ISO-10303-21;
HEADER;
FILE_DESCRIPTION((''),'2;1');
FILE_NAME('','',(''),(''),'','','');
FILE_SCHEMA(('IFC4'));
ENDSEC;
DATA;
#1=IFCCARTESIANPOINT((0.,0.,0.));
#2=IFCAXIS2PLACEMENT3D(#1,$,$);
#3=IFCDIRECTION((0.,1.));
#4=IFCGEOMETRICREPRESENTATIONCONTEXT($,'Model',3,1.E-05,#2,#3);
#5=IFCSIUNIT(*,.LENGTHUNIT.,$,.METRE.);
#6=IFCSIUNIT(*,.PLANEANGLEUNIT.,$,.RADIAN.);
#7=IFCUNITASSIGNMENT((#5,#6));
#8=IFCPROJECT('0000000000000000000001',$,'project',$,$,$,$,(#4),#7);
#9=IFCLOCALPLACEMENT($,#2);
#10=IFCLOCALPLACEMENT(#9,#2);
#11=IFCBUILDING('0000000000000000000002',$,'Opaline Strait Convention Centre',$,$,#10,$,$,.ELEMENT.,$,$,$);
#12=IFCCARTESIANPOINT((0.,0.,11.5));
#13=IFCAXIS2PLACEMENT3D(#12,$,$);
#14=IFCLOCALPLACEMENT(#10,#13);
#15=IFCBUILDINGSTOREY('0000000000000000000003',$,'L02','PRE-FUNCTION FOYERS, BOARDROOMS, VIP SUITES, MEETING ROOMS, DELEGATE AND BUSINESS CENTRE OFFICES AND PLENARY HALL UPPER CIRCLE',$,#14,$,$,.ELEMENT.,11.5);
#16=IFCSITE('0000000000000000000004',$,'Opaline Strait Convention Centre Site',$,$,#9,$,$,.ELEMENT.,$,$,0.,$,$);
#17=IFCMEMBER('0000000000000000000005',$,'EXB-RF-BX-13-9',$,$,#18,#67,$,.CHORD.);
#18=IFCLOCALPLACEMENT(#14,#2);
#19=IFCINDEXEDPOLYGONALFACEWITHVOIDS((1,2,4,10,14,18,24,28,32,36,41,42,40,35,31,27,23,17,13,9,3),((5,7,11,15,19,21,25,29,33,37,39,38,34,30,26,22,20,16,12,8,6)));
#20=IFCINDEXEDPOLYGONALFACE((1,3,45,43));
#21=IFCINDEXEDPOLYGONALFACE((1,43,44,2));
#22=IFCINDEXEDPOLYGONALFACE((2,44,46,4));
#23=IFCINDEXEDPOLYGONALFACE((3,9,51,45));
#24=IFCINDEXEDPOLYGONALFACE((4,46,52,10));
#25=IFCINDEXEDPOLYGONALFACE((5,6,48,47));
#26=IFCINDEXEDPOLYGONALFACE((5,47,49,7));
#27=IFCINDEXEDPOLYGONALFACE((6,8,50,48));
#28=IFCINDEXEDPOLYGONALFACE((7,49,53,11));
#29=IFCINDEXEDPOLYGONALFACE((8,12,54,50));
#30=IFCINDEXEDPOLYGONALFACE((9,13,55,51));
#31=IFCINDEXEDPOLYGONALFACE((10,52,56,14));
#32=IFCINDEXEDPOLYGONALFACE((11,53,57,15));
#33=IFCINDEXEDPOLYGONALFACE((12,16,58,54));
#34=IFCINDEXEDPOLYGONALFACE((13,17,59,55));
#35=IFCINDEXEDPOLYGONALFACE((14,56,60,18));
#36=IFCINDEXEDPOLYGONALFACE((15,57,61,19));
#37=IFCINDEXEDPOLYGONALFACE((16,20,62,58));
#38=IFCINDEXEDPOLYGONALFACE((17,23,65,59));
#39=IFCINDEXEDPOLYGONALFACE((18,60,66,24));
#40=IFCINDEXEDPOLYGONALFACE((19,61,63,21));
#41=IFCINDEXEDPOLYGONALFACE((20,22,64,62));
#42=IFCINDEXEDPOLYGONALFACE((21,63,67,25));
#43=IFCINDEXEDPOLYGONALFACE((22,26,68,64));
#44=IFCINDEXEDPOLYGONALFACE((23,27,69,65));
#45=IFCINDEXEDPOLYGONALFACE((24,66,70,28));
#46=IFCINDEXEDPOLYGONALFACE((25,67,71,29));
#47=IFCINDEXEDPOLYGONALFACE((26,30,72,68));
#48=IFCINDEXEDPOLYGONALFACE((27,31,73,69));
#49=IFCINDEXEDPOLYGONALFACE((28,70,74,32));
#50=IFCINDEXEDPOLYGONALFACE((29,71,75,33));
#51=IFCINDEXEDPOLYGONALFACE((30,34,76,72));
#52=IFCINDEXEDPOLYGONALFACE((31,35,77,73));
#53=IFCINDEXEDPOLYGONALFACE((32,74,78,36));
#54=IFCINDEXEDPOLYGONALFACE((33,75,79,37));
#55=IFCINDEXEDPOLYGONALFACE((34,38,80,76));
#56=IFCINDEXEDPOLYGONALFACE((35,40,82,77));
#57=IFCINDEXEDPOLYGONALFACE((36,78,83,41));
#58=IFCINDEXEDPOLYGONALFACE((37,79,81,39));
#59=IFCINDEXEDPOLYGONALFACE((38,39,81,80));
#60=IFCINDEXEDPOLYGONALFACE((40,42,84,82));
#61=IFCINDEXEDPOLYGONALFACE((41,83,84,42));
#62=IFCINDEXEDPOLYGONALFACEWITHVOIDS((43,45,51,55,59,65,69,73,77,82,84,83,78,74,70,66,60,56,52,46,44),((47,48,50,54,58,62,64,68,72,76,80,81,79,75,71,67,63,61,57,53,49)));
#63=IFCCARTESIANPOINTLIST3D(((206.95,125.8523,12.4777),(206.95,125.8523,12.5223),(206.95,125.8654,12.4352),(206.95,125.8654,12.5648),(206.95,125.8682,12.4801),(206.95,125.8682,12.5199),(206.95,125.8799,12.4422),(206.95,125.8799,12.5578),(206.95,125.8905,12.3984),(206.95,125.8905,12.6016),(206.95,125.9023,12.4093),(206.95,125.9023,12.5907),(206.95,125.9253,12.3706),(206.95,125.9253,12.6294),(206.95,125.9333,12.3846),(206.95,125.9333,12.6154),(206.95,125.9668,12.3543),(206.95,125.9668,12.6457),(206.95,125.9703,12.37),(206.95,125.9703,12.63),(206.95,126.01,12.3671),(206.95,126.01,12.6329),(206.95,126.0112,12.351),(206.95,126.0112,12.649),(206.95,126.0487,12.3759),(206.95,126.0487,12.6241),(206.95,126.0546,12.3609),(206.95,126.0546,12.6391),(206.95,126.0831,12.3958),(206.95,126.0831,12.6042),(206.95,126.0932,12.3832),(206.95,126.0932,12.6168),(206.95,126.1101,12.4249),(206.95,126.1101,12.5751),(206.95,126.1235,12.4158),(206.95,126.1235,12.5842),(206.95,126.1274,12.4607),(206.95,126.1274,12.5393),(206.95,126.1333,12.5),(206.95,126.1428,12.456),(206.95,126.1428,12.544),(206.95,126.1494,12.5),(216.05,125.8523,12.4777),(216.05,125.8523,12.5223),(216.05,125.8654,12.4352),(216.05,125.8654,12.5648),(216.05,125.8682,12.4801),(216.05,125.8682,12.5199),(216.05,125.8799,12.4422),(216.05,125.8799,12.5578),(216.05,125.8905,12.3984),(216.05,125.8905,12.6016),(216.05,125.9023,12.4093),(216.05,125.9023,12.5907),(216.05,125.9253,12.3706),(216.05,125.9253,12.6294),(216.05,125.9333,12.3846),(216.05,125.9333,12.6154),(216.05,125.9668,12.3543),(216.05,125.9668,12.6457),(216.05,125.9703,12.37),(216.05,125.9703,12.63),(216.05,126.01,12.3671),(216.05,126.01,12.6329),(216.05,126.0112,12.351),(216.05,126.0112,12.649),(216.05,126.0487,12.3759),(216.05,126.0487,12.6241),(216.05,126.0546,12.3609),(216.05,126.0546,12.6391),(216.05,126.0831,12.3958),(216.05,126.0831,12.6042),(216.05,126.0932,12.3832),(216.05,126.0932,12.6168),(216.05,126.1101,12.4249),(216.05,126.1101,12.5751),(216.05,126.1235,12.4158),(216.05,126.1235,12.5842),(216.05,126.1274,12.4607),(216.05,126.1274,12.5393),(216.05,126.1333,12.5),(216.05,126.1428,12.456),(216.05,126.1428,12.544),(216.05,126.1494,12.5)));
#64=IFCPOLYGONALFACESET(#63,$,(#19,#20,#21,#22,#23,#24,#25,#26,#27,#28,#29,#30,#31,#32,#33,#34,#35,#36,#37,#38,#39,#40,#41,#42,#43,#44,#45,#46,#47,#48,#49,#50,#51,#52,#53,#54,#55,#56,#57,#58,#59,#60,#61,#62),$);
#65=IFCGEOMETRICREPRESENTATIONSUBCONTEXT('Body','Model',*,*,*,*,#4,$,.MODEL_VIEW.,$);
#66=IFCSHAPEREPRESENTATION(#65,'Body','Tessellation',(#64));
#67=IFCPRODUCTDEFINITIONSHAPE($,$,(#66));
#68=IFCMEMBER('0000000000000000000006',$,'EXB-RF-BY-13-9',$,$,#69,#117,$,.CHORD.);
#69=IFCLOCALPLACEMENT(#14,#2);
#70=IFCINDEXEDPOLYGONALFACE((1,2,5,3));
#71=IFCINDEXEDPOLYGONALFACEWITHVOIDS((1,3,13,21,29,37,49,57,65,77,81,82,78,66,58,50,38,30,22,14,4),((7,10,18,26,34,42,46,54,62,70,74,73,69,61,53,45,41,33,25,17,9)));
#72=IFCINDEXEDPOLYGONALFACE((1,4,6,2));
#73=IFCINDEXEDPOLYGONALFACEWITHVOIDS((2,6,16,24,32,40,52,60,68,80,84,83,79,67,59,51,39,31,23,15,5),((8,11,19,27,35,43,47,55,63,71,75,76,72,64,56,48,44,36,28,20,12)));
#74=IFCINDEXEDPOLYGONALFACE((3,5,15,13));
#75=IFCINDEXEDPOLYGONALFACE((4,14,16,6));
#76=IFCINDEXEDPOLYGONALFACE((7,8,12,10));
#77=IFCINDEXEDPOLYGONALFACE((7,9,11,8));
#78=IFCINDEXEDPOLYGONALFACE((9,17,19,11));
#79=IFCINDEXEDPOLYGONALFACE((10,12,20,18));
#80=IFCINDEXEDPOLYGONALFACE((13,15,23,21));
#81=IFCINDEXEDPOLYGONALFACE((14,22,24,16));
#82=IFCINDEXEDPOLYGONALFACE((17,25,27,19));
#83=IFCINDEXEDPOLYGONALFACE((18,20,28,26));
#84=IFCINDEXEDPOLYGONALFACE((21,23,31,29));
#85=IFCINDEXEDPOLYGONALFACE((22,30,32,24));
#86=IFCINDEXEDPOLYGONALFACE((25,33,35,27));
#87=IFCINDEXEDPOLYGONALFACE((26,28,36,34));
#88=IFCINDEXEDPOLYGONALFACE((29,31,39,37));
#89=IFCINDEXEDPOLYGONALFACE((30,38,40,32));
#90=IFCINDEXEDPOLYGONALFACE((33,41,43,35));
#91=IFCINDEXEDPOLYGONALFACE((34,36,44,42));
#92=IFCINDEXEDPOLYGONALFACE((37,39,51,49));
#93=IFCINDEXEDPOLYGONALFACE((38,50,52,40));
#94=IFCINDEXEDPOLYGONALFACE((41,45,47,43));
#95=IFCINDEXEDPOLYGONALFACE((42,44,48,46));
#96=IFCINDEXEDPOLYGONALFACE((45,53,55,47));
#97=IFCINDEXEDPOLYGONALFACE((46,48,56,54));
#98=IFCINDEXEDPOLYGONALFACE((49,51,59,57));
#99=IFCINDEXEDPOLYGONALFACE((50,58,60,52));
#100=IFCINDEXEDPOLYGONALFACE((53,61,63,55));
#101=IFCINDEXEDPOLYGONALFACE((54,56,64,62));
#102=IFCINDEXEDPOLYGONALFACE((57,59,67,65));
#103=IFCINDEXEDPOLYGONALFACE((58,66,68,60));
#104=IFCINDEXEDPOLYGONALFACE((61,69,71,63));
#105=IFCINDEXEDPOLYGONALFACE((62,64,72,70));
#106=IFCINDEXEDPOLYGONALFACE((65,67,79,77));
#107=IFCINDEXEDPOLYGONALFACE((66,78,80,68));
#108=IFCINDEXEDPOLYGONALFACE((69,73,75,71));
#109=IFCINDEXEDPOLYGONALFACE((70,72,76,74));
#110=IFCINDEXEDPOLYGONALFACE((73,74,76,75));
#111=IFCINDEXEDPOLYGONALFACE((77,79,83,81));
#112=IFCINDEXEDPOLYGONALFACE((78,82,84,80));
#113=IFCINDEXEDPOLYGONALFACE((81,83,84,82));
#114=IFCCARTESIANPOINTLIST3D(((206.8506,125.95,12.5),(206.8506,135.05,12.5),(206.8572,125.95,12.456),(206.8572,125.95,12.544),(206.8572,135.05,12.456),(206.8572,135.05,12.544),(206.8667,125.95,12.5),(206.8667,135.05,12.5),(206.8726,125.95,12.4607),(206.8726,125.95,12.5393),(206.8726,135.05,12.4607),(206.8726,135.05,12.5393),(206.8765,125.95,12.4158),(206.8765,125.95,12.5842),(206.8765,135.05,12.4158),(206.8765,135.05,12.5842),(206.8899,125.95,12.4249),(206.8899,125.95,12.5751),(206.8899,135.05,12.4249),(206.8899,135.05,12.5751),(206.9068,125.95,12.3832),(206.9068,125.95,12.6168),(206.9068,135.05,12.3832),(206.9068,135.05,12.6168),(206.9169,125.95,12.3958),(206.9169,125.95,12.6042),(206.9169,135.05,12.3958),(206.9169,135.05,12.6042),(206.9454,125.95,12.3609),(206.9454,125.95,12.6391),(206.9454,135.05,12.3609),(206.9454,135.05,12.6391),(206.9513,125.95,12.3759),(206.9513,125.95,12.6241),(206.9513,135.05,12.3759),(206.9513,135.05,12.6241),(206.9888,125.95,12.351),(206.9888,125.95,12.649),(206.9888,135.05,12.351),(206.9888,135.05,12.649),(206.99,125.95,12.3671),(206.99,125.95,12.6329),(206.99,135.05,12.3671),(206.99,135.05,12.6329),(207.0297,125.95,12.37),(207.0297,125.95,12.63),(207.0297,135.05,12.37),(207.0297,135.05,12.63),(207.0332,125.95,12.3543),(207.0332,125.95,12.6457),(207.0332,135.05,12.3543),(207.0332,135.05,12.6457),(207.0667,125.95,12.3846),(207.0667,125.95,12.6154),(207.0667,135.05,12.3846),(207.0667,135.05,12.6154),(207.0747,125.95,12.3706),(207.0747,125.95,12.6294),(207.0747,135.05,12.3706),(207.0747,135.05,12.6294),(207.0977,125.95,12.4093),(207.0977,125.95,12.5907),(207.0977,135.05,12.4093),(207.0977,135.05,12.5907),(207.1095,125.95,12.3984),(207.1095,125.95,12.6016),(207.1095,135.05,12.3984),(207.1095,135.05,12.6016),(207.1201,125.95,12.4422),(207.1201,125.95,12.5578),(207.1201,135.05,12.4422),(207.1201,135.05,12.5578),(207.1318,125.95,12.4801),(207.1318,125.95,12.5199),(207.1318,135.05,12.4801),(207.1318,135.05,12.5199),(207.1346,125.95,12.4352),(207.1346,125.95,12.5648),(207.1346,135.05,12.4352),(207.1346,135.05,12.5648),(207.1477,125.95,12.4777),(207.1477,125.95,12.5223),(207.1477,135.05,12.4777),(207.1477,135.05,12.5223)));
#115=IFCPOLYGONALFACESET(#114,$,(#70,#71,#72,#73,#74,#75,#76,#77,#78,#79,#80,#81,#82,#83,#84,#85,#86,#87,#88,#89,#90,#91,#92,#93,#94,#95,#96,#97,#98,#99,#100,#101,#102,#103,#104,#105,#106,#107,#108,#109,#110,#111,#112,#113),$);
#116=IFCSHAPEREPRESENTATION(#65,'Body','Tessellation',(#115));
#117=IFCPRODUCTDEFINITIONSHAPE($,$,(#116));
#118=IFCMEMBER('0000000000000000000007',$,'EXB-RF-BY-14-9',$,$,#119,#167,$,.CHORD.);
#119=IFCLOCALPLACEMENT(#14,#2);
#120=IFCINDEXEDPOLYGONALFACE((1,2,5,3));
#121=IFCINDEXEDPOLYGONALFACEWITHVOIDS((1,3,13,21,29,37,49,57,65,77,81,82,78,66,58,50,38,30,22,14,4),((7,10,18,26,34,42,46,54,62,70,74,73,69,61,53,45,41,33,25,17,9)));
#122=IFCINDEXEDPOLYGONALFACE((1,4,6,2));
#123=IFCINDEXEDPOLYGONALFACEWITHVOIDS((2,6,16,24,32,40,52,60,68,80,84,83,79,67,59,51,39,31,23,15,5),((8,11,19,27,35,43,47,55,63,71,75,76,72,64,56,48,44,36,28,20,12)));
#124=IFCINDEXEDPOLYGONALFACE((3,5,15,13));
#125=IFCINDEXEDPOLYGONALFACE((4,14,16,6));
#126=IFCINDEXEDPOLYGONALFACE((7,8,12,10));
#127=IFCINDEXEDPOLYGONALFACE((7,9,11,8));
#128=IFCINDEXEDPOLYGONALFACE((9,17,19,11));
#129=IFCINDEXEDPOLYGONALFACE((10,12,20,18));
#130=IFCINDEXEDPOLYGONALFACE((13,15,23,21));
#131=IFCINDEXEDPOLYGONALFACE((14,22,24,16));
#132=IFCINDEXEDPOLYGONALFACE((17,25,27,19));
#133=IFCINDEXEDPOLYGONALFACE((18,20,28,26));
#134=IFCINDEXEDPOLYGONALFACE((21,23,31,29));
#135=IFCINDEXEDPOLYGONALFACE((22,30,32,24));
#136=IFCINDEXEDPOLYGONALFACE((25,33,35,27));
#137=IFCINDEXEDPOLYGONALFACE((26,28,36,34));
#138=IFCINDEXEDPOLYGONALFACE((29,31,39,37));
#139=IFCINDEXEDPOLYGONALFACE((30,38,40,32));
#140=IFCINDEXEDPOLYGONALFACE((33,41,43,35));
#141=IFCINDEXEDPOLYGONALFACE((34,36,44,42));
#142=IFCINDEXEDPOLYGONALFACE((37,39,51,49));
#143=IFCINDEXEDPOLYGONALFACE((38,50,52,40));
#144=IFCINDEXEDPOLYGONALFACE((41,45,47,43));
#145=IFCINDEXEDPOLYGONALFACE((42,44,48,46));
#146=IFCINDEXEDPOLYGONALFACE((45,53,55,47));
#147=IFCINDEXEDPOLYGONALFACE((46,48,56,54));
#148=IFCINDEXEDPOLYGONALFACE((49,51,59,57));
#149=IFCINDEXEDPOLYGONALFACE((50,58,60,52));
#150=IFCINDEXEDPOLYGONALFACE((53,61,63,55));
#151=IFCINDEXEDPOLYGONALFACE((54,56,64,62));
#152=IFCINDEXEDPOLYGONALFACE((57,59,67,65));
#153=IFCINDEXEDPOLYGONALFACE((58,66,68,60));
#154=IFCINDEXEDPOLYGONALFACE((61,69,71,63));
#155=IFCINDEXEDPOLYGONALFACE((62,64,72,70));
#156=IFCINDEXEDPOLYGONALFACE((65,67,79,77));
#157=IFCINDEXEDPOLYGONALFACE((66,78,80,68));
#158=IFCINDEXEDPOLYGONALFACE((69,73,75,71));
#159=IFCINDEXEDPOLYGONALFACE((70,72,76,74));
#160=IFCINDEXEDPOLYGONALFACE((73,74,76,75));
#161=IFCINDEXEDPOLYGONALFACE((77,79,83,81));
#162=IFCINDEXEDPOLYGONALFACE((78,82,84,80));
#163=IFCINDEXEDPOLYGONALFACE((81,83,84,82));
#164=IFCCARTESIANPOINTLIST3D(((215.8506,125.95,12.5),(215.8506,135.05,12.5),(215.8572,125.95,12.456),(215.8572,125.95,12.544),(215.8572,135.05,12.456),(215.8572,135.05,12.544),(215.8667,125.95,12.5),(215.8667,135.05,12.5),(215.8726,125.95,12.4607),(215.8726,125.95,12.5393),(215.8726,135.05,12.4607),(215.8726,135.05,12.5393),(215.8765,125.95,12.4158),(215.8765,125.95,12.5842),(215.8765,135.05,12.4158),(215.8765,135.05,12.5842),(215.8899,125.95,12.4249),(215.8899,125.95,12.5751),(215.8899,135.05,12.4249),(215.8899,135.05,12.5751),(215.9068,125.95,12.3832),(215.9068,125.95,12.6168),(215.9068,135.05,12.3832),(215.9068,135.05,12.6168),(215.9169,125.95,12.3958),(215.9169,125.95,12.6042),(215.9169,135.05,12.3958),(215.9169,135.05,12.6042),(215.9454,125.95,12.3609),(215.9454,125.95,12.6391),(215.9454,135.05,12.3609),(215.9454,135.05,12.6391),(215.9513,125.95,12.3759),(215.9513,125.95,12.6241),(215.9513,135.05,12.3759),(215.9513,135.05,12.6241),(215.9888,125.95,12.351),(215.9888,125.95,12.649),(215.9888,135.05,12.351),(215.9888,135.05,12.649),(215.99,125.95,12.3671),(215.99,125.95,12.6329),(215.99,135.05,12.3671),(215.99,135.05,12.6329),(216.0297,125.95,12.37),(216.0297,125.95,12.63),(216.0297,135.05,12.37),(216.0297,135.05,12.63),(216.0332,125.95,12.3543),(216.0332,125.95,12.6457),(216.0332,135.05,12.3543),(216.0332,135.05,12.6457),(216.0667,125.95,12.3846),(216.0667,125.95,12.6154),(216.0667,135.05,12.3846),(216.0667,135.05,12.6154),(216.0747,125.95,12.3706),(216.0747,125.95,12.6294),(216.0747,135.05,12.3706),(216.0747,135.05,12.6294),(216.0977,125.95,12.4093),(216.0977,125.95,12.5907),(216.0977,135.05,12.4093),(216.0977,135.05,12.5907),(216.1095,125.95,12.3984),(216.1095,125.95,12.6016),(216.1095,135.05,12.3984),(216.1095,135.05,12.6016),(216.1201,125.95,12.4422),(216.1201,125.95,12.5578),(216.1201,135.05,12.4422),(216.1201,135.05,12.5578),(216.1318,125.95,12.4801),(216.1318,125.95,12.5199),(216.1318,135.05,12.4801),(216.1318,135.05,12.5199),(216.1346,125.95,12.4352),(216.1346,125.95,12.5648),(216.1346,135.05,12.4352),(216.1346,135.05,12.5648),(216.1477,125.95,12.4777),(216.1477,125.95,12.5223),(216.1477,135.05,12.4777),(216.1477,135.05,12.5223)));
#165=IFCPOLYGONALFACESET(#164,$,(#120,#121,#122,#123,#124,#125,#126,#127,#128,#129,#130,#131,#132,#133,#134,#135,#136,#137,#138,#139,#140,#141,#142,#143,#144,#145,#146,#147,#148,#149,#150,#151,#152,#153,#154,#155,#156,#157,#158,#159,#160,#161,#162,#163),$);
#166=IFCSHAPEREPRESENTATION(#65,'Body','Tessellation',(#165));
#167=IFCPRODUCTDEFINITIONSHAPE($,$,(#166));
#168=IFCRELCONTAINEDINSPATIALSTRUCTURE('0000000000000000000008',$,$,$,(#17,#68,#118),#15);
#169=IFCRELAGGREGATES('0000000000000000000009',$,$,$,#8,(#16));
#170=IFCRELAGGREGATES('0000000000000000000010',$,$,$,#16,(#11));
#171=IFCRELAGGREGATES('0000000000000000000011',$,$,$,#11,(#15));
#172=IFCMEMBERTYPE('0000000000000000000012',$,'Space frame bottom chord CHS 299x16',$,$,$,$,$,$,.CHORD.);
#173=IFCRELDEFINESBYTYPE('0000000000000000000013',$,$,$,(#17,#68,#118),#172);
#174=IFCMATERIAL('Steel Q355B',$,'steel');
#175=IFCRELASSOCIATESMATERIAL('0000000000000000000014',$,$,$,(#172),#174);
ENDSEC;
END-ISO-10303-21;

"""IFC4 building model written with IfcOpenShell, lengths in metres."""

from ifc_helpers import new_model, si_unit, direction, frame, origin, origin_2d, place, context, subcontext, project, spatial, hollow_circle, extrude, material, material_profile, profile_set, type_object, element, save


model = new_model("IFC4")

# Units and contexts
model_context = context("Model", 3, precision=1e-05, world=origin(), true_north=direction((0.0, 1.0)))
body_context = subcontext(model_context, "Body", "Model", "MODEL_VIEW")
ifc_project = project(units=[si_unit("LENGTHUNIT", "METRE"), si_unit("PLANEANGLEUNIT", "RADIAN")], contexts=[model_context])

# Site, building, storey
site_placement = place(None, origin())
site = spatial("IfcSite", under=ifc_project, at=site_placement, Name="Opaline Strait Convention Centre Site", CompositionType="ELEMENT", RefElevation=0.0)
building_placement = place(site_placement, origin())
building = spatial("IfcBuilding", under=site, at=building_placement, Name="Opaline Strait Convention Centre", CompositionType="ELEMENT")
storey_placement = place(building_placement, frame((0.0, 0.0, 11.5)))
storey = spatial("IfcBuildingStorey", under=building, at=storey_placement, Name="L02", Description="PRE-FUNCTION FOYERS, BOARDROOMS, VIP SUITES, MEETING ROOMS, DELEGATE AND BUSINESS CENTRE OFFICES AND PLENARY HALL UPPER CIRCLE", CompositionType="ELEMENT", Elevation=11.5)

# Members
ifc_material_1 = material(Name="Steel Q355B", Category="steel")
ifc_material_profile_1 = material_profile(ifc_material_1, hollow_circle(Radius=0.1494, WallThickness=0.0161, at=origin_2d()), Name="CHS 299x16")
ifc_profile_set_1 = profile_set([ifc_material_profile_1], Name="Steel Q355B")
member_type_1 = type_object("IfcMemberType", Name="Space frame bottom chord CHS 299x16", PredefinedType="CHORD", material=ifc_profile_set_1)
for number, where, z_axis, x_axis, name in (
    (1, (206.95, 126.0, 12.5), (1.0, 0.0, 0.0), (0.0, 1.0, 0.0), "EXB-RF-BX-13-9"),
    (2, (207.0, 125.95, 12.5), (0.0, 1.0, 0.0), (-1.0, 0.0, 0.0), "EXB-RF-BY-13-9"),
    (3, (216.0, 125.95, 12.5), (0.0, 1.0, 0.0), (-1.0, 0.0, 0.0), "EXB-RF-BY-14-9"),
):
    element("IfcMember", number, at=place(storey_placement, frame(where, z_axis=z_axis, x_axis=x_axis)), inside=storey, type_object=member_type_1, Name=name, PredefinedType="CHORD", context=body_context, shape_type="SweptSolid", body=[
        extrude(hollow_circle(Radius=0.1494, WallThickness=0.0161, at=origin_2d()), origin(), (0.0, 0.0, 1.0), 9.1001),
    ])

save(model, "model.ifc")
